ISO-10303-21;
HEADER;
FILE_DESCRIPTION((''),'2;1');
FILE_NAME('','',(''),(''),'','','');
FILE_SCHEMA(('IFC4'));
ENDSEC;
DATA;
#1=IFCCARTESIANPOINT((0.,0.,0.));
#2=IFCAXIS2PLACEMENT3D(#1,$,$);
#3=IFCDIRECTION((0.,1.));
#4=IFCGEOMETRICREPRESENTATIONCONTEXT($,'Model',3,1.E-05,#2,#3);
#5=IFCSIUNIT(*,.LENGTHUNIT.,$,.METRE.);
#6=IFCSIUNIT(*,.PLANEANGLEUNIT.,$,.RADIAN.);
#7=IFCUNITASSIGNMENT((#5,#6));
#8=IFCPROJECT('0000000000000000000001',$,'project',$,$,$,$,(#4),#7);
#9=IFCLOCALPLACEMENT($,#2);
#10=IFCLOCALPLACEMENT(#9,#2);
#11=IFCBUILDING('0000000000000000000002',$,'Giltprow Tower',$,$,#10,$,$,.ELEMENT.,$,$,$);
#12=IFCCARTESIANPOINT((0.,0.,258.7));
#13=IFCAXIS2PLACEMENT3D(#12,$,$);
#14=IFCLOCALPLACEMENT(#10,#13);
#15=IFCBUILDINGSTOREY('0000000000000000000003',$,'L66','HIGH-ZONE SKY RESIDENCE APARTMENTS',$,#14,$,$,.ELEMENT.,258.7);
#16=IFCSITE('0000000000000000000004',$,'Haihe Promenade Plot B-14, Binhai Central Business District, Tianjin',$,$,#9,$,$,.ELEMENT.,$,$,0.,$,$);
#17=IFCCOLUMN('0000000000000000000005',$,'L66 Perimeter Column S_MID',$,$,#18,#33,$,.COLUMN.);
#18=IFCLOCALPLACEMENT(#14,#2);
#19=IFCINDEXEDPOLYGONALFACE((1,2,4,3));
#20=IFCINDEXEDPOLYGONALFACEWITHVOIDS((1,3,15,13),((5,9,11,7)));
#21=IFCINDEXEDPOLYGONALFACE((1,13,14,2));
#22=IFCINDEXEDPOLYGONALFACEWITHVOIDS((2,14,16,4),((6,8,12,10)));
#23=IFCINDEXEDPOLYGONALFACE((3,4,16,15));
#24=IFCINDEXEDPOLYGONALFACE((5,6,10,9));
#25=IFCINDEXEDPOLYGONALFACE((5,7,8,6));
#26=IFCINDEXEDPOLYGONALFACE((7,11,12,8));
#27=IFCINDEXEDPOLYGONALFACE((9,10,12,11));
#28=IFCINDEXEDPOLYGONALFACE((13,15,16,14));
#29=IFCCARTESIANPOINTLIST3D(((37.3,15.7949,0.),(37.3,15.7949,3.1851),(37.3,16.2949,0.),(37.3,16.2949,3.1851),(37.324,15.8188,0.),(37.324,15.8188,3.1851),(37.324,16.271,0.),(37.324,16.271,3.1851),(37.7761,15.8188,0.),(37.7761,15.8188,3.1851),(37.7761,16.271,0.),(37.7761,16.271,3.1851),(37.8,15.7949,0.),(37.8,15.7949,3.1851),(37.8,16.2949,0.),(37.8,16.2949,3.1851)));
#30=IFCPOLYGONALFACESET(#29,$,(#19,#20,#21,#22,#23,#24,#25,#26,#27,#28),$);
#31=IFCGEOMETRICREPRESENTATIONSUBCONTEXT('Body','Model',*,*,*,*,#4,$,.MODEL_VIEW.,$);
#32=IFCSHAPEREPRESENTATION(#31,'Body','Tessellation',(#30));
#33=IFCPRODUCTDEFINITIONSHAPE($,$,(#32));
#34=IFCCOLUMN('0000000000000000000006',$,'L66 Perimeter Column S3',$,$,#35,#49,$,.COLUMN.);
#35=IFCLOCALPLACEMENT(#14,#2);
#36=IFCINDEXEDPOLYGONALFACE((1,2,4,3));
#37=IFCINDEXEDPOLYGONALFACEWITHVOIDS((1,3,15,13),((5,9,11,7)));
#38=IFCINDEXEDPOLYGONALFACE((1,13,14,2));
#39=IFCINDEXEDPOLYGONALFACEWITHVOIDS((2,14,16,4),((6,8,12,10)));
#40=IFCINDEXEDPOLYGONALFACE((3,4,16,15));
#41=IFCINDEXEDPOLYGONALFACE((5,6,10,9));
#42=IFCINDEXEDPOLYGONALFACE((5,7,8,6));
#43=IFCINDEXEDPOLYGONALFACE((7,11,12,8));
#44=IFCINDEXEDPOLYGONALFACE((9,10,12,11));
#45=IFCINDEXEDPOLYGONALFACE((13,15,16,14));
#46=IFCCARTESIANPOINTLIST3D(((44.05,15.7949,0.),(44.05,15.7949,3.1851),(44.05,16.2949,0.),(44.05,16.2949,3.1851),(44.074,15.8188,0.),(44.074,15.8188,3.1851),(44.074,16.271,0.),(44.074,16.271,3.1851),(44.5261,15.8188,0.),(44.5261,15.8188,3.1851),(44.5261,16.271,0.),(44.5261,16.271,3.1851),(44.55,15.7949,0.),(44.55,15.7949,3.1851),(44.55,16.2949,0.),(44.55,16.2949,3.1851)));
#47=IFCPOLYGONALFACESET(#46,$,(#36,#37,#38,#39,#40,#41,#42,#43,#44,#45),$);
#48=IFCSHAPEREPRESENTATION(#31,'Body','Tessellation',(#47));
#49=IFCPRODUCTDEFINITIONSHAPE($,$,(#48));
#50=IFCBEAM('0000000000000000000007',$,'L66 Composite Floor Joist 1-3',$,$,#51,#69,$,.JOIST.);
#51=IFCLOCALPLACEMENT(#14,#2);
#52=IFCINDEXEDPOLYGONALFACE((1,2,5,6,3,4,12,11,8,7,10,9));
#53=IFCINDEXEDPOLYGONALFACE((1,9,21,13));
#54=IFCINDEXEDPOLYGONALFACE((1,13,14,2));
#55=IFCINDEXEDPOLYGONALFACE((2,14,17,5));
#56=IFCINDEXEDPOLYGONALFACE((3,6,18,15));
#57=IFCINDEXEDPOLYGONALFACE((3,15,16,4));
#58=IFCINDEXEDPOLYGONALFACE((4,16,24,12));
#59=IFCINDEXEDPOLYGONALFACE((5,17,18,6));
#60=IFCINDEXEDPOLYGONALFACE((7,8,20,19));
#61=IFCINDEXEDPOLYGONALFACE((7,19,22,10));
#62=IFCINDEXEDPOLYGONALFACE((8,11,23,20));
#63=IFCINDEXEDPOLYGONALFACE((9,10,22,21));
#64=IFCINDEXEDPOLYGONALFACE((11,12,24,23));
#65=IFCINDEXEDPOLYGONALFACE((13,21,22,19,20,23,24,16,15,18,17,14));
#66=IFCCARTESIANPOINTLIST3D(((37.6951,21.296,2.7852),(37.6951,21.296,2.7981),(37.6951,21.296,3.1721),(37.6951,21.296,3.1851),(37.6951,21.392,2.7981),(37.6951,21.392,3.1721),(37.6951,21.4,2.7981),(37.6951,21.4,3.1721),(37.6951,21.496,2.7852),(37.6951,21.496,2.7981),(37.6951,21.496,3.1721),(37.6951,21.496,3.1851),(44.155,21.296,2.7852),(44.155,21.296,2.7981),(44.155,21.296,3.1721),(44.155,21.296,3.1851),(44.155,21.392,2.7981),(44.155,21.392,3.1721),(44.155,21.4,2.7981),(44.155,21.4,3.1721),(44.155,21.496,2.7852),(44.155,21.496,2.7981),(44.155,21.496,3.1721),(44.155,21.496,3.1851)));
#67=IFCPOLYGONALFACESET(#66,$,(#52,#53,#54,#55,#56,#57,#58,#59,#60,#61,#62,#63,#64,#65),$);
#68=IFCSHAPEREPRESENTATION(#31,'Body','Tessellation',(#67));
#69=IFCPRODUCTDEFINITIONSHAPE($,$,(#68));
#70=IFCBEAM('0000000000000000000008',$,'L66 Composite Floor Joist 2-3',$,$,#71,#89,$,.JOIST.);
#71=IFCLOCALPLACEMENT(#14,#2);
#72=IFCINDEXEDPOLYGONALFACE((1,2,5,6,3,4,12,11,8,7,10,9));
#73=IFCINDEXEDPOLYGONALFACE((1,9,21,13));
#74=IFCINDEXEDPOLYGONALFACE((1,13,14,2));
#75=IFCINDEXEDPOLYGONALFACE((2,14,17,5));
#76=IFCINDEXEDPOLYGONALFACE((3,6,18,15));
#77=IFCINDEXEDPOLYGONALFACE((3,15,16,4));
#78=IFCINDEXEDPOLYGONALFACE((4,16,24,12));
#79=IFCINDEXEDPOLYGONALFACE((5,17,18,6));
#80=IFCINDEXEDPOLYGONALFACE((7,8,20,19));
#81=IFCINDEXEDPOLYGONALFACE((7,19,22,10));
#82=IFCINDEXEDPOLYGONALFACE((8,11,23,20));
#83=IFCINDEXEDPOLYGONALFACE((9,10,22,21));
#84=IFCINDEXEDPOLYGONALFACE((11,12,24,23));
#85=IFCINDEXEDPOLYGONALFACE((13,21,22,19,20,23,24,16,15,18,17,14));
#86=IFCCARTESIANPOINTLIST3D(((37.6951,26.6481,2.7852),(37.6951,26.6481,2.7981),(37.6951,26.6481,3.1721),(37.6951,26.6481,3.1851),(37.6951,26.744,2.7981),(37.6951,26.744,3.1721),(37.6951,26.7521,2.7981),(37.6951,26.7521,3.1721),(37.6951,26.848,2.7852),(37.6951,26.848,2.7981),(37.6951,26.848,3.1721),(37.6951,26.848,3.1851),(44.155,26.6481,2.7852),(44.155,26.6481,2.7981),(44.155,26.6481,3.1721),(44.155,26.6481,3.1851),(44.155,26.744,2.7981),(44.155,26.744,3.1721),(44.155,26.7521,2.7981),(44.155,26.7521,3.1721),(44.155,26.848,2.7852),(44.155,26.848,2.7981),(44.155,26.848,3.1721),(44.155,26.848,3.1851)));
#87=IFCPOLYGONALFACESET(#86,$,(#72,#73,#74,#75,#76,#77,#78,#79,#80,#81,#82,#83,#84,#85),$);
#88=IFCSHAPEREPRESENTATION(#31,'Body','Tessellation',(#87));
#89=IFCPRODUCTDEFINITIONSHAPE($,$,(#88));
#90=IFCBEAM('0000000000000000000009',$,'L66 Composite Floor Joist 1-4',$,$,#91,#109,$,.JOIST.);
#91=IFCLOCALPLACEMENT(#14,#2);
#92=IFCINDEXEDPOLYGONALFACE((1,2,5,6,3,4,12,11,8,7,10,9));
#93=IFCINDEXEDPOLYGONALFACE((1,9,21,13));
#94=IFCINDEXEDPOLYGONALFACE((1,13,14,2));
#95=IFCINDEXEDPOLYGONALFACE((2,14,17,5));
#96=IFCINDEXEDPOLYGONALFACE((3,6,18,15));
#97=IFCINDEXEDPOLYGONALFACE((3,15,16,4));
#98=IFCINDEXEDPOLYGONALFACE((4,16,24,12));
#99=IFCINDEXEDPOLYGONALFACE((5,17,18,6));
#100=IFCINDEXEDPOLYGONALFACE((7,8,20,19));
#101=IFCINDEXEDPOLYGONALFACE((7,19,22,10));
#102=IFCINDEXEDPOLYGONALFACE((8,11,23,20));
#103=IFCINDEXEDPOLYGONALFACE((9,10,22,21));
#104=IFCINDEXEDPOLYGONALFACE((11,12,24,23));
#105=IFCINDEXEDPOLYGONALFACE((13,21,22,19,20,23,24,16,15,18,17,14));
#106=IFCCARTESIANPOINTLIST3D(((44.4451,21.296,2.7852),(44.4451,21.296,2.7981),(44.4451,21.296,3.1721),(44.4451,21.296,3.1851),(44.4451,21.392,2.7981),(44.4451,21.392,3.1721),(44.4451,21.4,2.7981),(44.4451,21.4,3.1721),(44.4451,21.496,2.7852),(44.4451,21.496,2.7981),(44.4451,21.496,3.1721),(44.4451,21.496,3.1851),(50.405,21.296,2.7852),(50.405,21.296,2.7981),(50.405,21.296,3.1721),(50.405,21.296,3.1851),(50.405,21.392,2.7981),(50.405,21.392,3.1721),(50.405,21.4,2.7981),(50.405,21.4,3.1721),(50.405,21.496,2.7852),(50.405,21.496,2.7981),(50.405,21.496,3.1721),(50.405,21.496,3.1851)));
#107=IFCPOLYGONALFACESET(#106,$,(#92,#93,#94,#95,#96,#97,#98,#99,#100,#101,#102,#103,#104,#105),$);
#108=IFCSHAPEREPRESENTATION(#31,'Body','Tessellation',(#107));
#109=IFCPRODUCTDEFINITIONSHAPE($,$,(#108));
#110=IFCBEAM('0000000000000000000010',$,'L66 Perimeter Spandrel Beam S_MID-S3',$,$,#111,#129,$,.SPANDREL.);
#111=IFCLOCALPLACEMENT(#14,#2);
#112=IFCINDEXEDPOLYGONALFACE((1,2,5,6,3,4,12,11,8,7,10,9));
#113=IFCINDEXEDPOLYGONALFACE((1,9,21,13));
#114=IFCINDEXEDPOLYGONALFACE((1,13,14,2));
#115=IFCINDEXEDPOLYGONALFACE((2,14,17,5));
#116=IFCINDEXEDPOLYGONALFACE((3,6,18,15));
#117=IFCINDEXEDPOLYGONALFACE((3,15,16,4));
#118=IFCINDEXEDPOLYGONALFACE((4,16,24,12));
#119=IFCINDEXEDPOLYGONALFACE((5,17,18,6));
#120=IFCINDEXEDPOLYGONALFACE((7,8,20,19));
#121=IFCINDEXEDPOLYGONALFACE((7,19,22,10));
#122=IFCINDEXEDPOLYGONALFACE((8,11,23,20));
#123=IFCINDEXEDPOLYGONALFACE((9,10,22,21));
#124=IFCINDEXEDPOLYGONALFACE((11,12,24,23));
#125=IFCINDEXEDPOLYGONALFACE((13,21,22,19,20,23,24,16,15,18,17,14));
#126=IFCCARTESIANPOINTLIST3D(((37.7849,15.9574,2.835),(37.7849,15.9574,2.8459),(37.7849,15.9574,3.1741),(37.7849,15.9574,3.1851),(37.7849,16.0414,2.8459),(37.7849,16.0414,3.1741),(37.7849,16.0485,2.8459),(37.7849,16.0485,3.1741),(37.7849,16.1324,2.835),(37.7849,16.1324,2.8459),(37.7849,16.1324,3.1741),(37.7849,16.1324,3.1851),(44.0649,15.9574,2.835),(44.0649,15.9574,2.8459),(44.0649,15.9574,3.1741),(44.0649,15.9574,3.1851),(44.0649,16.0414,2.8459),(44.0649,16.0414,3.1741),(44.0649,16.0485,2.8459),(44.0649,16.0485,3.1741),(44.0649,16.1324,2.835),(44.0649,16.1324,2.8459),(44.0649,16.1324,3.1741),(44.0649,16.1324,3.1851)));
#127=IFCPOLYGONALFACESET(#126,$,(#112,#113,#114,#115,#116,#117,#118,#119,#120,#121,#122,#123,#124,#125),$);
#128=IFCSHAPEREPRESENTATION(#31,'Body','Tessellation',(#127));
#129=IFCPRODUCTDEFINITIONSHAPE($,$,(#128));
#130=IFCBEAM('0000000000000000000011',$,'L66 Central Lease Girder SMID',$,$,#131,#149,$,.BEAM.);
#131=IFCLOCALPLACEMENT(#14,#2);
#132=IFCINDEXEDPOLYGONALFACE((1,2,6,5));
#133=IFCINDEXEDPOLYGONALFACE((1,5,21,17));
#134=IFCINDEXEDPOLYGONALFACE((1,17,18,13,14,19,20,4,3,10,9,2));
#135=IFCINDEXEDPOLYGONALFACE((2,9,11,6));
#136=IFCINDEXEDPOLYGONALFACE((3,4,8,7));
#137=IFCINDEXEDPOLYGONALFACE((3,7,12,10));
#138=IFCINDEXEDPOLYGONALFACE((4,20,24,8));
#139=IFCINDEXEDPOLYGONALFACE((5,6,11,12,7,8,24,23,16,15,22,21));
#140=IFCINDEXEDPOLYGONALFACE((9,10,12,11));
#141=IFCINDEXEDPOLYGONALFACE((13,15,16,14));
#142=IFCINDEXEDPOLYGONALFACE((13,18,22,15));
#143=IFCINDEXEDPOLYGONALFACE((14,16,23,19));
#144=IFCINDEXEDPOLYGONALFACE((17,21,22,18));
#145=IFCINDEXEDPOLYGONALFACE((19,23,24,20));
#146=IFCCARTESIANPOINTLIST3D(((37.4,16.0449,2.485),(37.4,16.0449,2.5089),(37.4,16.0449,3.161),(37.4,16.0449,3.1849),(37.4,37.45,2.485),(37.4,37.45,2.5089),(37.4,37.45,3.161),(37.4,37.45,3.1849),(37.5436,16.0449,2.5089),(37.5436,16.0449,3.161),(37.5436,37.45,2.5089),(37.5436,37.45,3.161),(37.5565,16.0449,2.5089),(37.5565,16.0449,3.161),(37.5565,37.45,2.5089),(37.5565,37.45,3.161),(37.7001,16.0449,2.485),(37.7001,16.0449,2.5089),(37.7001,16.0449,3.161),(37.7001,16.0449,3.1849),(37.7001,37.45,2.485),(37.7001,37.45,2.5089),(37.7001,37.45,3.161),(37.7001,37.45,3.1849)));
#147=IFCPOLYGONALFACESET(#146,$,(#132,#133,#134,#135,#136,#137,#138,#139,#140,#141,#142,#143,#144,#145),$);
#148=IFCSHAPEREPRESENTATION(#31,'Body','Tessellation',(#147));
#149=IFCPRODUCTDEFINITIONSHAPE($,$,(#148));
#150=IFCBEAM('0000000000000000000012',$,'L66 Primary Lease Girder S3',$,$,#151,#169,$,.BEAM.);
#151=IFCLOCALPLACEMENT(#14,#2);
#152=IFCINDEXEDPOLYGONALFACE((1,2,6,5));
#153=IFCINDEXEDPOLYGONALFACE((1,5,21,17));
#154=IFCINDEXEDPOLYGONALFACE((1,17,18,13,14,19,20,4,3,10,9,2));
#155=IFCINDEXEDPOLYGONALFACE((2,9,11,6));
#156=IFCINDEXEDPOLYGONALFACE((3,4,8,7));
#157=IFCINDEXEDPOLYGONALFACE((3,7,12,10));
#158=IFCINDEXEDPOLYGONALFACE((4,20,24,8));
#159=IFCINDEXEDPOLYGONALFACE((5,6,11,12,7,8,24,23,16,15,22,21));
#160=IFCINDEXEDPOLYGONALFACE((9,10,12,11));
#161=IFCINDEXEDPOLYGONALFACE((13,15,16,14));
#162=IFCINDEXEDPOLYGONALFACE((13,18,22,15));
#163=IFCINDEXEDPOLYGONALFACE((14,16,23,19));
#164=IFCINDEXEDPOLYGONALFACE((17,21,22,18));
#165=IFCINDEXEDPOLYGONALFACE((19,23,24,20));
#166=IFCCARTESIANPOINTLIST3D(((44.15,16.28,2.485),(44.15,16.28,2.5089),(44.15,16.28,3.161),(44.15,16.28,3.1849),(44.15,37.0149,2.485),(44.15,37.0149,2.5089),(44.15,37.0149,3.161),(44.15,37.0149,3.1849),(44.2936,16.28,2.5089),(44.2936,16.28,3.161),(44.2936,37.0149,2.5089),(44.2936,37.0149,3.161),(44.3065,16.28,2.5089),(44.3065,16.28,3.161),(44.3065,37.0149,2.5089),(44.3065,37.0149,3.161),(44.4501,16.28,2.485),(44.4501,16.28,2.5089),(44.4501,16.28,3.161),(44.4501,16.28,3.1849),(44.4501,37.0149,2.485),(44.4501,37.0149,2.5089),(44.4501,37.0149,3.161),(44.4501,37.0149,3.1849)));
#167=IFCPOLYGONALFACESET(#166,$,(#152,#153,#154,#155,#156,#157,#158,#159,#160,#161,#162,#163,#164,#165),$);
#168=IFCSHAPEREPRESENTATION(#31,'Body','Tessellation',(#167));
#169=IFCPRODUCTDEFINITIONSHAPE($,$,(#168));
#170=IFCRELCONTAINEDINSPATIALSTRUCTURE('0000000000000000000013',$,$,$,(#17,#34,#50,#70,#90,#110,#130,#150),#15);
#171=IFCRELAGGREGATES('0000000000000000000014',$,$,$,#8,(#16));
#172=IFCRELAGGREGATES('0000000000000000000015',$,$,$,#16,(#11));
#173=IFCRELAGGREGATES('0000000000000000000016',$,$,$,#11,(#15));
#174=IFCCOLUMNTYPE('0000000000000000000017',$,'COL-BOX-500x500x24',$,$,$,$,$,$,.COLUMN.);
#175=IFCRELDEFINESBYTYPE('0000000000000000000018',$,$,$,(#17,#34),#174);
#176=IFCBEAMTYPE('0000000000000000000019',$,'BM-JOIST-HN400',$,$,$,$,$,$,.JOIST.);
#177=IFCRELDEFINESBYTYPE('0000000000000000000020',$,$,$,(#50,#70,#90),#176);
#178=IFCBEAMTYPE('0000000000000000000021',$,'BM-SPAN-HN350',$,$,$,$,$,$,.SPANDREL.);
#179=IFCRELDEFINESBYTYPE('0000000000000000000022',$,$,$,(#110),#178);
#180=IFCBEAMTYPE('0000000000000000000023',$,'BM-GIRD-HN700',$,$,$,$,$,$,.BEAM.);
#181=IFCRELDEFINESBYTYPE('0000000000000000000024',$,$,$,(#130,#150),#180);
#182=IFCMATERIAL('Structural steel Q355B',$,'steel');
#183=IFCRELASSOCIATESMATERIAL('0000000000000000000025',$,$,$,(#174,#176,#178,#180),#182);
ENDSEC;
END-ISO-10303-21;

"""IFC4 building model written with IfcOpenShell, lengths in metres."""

from ifc_helpers import new_model, si_unit, direction, frame, origin, origin_2d, place, context, subcontext, project, spatial, hollow_rectangle, i_section, extrude, source, transform, mapped, material, material_profile, profile_set, type_object, element, save


model = new_model("IFC4")

# Units and contexts
model_context = context("Model", 3, precision=1e-05, world=origin(), true_north=direction((0.0, 1.0)))
body_context = subcontext(model_context, "Body", "Model", "MODEL_VIEW")
ifc_project = project(units=[si_unit("LENGTHUNIT", "METRE"), si_unit("PLANEANGLEUNIT", "RADIAN")], contexts=[model_context])

# Site, building, storey
site_placement = place(None, origin())
site = spatial("IfcSite", under=ifc_project, at=site_placement, Name="Haihe Promenade Plot B-14, Binhai Central Business District, Tianjin", CompositionType="ELEMENT", RefElevation=0.0)
building_placement = place(site_placement, origin())
building = spatial("IfcBuilding", under=site, at=building_placement, Name="Giltprow Tower", CompositionType="ELEMENT")
storey_placement = place(building_placement, frame((0.0, 0.0, 258.7)))
storey = spatial("IfcBuildingStorey", under=building, at=storey_placement, Name="L66", Description="HIGH-ZONE SKY RESIDENCE APARTMENTS", CompositionType="ELEMENT", Elevation=258.7)

# Columns
ifc_material_1 = material(Name="Structural steel Q355B", Category="steel")
ifc_material_profile_1 = material_profile(ifc_material_1, hollow_rectangle(XDim=0.5, YDim=0.5, WallThickness=0.0239, at=origin_2d()), Name="BOX 500x500x24")
ifc_profile_set_1 = profile_set([ifc_material_profile_1], Name="Structural steel Q355B")
column_type = type_object("IfcColumnType", Name="COL-BOX-500x500x24", PredefinedType="COLUMN", material=ifc_profile_set_1)
shared_shape_1 = source(origin(), body_context, "Body", "SweptSolid", [
    extrude(hollow_rectangle(XDim=0.5, YDim=0.5, WallThickness=0.0239, at=origin_2d()), origin(), (0.0, 0.0, 1.0), 3.1851),
])
for number, where, z_axis, x_axis, name in (
    (1, (37.55, 16.0449, 0.0), (0.0, 0.0, 1.0), (1.0, 0.0, 0.0), "L66 Perimeter Column S_MID"),
    (2, (44.3, 16.0449, 0.0), (0.0, 0.0, 1.0), (1.0, 0.0, 0.0), "L66 Perimeter Column S3"),
):
    element("IfcColumn", number, at=place(storey_placement, frame(where, z_axis=z_axis, x_axis=x_axis)), inside=storey, type_object=column_type, Name=name, PredefinedType="COLUMN", context=body_context, shape_type="MappedRepresentation", body=[
        mapped(shared_shape_1, transform((0.0, 0.0, 0.0), x_axis=(1.0, 0.0, 0.0), y_axis=(0.0, 1.0, 0.0), z_axis=(0.0, 0.0, 1.0), scale=1.0)),
    ])

# Beams
ifc_material_profile_2 = material_profile(ifc_material_1, i_section(OverallWidth=0.2, OverallDepth=0.3999, WebThickness=0.0081, FlangeThickness=0.0129, at=origin_2d()), Name="HN 400x200x8x13")
ifc_profile_set_2 = profile_set([ifc_material_profile_2], Name="Structural steel Q355B")
beam_type_1 = type_object("IfcBeamType", Name="BM-JOIST-HN400", PredefinedType="JOIST", material=ifc_profile_set_2)
shared_shape_2 = source(origin(), body_context, "Body", "SweptSolid", [
    extrude(i_section(OverallWidth=0.2, OverallDepth=0.3999, WebThickness=0.0081, FlangeThickness=0.0129, at=origin_2d()), origin(), (0.0, 0.0, 1.0), 6.46),
])
for number, where, z_axis, x_axis, name in (
    (3, (37.6951, 21.396, 2.9851), (1.0, 0.0, 0.0), (0.0, 1.0, 0.0), "L66 Composite Floor Joist 1-3"),
    (4, (37.6951, 26.748, 2.9851), (1.0, 0.0, 0.0), (0.0, 1.0, 0.0), "L66 Composite Floor Joist 2-3"),
):
    element("IfcBeam", number, at=place(storey_placement, frame(where, z_axis=z_axis, x_axis=x_axis)), inside=storey, type_object=beam_type_1, Name=name, PredefinedType="JOIST", context=body_context, shape_type="MappedRepresentation", body=[
        mapped(shared_shape_2, transform((0.0, 0.0, 0.0), x_axis=(1.0, 0.0, 0.0), y_axis=(0.0, 1.0, 0.0), z_axis=(0.0, 0.0, 1.0), scale=1.0)),
    ])
shared_shape_3 = source(origin(), body_context, "Body", "SweptSolid", [
    extrude(i_section(OverallWidth=0.2, OverallDepth=0.3999, WebThickness=0.0081, FlangeThickness=0.0129, at=origin_2d()), origin(), (0.0, 0.0, 1.0), 5.96),
])
beam_1_placement = place(storey_placement, frame((44.4451, 21.396, 2.9851), z_axis=(1.0, 0.0, 0.0), x_axis=(0.0, 1.0, 0.0)))
element("IfcBeam", 5, at=beam_1_placement, inside=storey, type_object=beam_type_1, Name="L66 Composite Floor Joist 1-4", PredefinedType="JOIST", context=body_context, shape_type="MappedRepresentation", body=[
    mapped(shared_shape_3, transform((0.0, 0.0, 0.0), x_axis=(1.0, 0.0, 0.0), y_axis=(0.0, 1.0, 0.0), z_axis=(0.0, 0.0, 1.0), scale=1.0)),
])
ifc_material_profile_3 = material_profile(ifc_material_1, i_section(OverallWidth=0.175, OverallDepth=0.3501, WebThickness=0.0071, FlangeThickness=0.011, at=origin_2d()), Name="HN 350x175x7x11")
ifc_profile_set_3 = profile_set([ifc_material_profile_3], Name="Structural steel Q355B")
beam_type_2 = type_object("IfcBeamType", Name="BM-SPAN-HN350", PredefinedType="SPANDREL", material=ifc_profile_set_3)
shared_shape_4 = source(origin(), body_context, "Body", "SweptSolid", [
    extrude(i_section(OverallWidth=0.175, OverallDepth=0.3501, WebThickness=0.0071, FlangeThickness=0.011, at=origin_2d()), origin(), (0.0, 0.0, 1.0), 6.28),
])
beam_2_placement = place(storey_placement, frame((37.7849, 16.0449, 3.01), z_axis=(1.0, 0.0, 0.0), x_axis=(0.0, 1.0, 0.0)))
element("IfcBeam", 6, at=beam_2_placement, inside=storey, type_object=beam_type_2, Name="L66 Perimeter Spandrel Beam S_MID-S3", PredefinedType="SPANDREL", context=body_context, shape_type="MappedRepresentation", body=[
    mapped(shared_shape_4, transform((0.0, 0.0, 0.0), x_axis=(1.0, 0.0, 0.0), y_axis=(0.0, 1.0, 0.0), z_axis=(0.0, 0.0, 1.0), scale=1.0)),
])
ifc_material_profile_4 = material_profile(ifc_material_1, i_section(OverallWidth=0.3, OverallDepth=0.7, WebThickness=0.0129, FlangeThickness=0.0239, at=origin_2d()), Name="HN 700x300x13x24")
ifc_profile_set_4 = profile_set([ifc_material_profile_4], Name="Structural steel Q355B")
beam_type_3 = type_object("IfcBeamType", Name="BM-GIRD-HN700", PredefinedType="BEAM", material=ifc_profile_set_4)
shared_shape_5 = source(origin(), body_context, "Body", "SweptSolid", [
    extrude(i_section(OverallWidth=0.3, OverallDepth=0.7, WebThickness=0.0129, FlangeThickness=0.0239, at=origin_2d()), origin(), (0.0, 0.0, 1.0), 21.405),
])
beam_3_placement = place(storey_placement, frame((37.55, 16.0449, 2.835), z_axis=(0.0, 1.0, 0.0), x_axis=(-1.0, 0.0, 0.0)))
element("IfcBeam", 7, at=beam_3_placement, inside=storey, type_object=beam_type_3, Name="L66 Central Lease Girder SMID", PredefinedType="BEAM", context=body_context, shape_type="MappedRepresentation", body=[
    mapped(shared_shape_5, transform((0.0, 0.0, 0.0), x_axis=(1.0, 0.0, 0.0), y_axis=(0.0, 1.0, 0.0), z_axis=(0.0, 0.0, 1.0), scale=1.0)),
])
shared_shape_6 = source(origin(), body_context, "Body", "SweptSolid", [
    extrude(i_section(OverallWidth=0.3, OverallDepth=0.7, WebThickness=0.0129, FlangeThickness=0.0239, at=origin_2d()), origin(), (0.0, 0.0, 1.0), 20.7349),
])
beam_4_placement = place(storey_placement, frame((44.3, 16.28, 2.835), z_axis=(0.0, 1.0, 0.0), x_axis=(-1.0, 0.0, 0.0)))
element("IfcBeam", 8, at=beam_4_placement, inside=storey, type_object=beam_type_3, Name="L66 Primary Lease Girder S3", PredefinedType="BEAM", context=body_context, shape_type="MappedRepresentation", body=[
    mapped(shared_shape_6, transform((0.0, 0.0, 0.0), x_axis=(1.0, 0.0, 0.0), y_axis=(0.0, 1.0, 0.0), z_axis=(0.0, 0.0, 1.0), scale=1.0)),
])

save(model, "model.ifc")
